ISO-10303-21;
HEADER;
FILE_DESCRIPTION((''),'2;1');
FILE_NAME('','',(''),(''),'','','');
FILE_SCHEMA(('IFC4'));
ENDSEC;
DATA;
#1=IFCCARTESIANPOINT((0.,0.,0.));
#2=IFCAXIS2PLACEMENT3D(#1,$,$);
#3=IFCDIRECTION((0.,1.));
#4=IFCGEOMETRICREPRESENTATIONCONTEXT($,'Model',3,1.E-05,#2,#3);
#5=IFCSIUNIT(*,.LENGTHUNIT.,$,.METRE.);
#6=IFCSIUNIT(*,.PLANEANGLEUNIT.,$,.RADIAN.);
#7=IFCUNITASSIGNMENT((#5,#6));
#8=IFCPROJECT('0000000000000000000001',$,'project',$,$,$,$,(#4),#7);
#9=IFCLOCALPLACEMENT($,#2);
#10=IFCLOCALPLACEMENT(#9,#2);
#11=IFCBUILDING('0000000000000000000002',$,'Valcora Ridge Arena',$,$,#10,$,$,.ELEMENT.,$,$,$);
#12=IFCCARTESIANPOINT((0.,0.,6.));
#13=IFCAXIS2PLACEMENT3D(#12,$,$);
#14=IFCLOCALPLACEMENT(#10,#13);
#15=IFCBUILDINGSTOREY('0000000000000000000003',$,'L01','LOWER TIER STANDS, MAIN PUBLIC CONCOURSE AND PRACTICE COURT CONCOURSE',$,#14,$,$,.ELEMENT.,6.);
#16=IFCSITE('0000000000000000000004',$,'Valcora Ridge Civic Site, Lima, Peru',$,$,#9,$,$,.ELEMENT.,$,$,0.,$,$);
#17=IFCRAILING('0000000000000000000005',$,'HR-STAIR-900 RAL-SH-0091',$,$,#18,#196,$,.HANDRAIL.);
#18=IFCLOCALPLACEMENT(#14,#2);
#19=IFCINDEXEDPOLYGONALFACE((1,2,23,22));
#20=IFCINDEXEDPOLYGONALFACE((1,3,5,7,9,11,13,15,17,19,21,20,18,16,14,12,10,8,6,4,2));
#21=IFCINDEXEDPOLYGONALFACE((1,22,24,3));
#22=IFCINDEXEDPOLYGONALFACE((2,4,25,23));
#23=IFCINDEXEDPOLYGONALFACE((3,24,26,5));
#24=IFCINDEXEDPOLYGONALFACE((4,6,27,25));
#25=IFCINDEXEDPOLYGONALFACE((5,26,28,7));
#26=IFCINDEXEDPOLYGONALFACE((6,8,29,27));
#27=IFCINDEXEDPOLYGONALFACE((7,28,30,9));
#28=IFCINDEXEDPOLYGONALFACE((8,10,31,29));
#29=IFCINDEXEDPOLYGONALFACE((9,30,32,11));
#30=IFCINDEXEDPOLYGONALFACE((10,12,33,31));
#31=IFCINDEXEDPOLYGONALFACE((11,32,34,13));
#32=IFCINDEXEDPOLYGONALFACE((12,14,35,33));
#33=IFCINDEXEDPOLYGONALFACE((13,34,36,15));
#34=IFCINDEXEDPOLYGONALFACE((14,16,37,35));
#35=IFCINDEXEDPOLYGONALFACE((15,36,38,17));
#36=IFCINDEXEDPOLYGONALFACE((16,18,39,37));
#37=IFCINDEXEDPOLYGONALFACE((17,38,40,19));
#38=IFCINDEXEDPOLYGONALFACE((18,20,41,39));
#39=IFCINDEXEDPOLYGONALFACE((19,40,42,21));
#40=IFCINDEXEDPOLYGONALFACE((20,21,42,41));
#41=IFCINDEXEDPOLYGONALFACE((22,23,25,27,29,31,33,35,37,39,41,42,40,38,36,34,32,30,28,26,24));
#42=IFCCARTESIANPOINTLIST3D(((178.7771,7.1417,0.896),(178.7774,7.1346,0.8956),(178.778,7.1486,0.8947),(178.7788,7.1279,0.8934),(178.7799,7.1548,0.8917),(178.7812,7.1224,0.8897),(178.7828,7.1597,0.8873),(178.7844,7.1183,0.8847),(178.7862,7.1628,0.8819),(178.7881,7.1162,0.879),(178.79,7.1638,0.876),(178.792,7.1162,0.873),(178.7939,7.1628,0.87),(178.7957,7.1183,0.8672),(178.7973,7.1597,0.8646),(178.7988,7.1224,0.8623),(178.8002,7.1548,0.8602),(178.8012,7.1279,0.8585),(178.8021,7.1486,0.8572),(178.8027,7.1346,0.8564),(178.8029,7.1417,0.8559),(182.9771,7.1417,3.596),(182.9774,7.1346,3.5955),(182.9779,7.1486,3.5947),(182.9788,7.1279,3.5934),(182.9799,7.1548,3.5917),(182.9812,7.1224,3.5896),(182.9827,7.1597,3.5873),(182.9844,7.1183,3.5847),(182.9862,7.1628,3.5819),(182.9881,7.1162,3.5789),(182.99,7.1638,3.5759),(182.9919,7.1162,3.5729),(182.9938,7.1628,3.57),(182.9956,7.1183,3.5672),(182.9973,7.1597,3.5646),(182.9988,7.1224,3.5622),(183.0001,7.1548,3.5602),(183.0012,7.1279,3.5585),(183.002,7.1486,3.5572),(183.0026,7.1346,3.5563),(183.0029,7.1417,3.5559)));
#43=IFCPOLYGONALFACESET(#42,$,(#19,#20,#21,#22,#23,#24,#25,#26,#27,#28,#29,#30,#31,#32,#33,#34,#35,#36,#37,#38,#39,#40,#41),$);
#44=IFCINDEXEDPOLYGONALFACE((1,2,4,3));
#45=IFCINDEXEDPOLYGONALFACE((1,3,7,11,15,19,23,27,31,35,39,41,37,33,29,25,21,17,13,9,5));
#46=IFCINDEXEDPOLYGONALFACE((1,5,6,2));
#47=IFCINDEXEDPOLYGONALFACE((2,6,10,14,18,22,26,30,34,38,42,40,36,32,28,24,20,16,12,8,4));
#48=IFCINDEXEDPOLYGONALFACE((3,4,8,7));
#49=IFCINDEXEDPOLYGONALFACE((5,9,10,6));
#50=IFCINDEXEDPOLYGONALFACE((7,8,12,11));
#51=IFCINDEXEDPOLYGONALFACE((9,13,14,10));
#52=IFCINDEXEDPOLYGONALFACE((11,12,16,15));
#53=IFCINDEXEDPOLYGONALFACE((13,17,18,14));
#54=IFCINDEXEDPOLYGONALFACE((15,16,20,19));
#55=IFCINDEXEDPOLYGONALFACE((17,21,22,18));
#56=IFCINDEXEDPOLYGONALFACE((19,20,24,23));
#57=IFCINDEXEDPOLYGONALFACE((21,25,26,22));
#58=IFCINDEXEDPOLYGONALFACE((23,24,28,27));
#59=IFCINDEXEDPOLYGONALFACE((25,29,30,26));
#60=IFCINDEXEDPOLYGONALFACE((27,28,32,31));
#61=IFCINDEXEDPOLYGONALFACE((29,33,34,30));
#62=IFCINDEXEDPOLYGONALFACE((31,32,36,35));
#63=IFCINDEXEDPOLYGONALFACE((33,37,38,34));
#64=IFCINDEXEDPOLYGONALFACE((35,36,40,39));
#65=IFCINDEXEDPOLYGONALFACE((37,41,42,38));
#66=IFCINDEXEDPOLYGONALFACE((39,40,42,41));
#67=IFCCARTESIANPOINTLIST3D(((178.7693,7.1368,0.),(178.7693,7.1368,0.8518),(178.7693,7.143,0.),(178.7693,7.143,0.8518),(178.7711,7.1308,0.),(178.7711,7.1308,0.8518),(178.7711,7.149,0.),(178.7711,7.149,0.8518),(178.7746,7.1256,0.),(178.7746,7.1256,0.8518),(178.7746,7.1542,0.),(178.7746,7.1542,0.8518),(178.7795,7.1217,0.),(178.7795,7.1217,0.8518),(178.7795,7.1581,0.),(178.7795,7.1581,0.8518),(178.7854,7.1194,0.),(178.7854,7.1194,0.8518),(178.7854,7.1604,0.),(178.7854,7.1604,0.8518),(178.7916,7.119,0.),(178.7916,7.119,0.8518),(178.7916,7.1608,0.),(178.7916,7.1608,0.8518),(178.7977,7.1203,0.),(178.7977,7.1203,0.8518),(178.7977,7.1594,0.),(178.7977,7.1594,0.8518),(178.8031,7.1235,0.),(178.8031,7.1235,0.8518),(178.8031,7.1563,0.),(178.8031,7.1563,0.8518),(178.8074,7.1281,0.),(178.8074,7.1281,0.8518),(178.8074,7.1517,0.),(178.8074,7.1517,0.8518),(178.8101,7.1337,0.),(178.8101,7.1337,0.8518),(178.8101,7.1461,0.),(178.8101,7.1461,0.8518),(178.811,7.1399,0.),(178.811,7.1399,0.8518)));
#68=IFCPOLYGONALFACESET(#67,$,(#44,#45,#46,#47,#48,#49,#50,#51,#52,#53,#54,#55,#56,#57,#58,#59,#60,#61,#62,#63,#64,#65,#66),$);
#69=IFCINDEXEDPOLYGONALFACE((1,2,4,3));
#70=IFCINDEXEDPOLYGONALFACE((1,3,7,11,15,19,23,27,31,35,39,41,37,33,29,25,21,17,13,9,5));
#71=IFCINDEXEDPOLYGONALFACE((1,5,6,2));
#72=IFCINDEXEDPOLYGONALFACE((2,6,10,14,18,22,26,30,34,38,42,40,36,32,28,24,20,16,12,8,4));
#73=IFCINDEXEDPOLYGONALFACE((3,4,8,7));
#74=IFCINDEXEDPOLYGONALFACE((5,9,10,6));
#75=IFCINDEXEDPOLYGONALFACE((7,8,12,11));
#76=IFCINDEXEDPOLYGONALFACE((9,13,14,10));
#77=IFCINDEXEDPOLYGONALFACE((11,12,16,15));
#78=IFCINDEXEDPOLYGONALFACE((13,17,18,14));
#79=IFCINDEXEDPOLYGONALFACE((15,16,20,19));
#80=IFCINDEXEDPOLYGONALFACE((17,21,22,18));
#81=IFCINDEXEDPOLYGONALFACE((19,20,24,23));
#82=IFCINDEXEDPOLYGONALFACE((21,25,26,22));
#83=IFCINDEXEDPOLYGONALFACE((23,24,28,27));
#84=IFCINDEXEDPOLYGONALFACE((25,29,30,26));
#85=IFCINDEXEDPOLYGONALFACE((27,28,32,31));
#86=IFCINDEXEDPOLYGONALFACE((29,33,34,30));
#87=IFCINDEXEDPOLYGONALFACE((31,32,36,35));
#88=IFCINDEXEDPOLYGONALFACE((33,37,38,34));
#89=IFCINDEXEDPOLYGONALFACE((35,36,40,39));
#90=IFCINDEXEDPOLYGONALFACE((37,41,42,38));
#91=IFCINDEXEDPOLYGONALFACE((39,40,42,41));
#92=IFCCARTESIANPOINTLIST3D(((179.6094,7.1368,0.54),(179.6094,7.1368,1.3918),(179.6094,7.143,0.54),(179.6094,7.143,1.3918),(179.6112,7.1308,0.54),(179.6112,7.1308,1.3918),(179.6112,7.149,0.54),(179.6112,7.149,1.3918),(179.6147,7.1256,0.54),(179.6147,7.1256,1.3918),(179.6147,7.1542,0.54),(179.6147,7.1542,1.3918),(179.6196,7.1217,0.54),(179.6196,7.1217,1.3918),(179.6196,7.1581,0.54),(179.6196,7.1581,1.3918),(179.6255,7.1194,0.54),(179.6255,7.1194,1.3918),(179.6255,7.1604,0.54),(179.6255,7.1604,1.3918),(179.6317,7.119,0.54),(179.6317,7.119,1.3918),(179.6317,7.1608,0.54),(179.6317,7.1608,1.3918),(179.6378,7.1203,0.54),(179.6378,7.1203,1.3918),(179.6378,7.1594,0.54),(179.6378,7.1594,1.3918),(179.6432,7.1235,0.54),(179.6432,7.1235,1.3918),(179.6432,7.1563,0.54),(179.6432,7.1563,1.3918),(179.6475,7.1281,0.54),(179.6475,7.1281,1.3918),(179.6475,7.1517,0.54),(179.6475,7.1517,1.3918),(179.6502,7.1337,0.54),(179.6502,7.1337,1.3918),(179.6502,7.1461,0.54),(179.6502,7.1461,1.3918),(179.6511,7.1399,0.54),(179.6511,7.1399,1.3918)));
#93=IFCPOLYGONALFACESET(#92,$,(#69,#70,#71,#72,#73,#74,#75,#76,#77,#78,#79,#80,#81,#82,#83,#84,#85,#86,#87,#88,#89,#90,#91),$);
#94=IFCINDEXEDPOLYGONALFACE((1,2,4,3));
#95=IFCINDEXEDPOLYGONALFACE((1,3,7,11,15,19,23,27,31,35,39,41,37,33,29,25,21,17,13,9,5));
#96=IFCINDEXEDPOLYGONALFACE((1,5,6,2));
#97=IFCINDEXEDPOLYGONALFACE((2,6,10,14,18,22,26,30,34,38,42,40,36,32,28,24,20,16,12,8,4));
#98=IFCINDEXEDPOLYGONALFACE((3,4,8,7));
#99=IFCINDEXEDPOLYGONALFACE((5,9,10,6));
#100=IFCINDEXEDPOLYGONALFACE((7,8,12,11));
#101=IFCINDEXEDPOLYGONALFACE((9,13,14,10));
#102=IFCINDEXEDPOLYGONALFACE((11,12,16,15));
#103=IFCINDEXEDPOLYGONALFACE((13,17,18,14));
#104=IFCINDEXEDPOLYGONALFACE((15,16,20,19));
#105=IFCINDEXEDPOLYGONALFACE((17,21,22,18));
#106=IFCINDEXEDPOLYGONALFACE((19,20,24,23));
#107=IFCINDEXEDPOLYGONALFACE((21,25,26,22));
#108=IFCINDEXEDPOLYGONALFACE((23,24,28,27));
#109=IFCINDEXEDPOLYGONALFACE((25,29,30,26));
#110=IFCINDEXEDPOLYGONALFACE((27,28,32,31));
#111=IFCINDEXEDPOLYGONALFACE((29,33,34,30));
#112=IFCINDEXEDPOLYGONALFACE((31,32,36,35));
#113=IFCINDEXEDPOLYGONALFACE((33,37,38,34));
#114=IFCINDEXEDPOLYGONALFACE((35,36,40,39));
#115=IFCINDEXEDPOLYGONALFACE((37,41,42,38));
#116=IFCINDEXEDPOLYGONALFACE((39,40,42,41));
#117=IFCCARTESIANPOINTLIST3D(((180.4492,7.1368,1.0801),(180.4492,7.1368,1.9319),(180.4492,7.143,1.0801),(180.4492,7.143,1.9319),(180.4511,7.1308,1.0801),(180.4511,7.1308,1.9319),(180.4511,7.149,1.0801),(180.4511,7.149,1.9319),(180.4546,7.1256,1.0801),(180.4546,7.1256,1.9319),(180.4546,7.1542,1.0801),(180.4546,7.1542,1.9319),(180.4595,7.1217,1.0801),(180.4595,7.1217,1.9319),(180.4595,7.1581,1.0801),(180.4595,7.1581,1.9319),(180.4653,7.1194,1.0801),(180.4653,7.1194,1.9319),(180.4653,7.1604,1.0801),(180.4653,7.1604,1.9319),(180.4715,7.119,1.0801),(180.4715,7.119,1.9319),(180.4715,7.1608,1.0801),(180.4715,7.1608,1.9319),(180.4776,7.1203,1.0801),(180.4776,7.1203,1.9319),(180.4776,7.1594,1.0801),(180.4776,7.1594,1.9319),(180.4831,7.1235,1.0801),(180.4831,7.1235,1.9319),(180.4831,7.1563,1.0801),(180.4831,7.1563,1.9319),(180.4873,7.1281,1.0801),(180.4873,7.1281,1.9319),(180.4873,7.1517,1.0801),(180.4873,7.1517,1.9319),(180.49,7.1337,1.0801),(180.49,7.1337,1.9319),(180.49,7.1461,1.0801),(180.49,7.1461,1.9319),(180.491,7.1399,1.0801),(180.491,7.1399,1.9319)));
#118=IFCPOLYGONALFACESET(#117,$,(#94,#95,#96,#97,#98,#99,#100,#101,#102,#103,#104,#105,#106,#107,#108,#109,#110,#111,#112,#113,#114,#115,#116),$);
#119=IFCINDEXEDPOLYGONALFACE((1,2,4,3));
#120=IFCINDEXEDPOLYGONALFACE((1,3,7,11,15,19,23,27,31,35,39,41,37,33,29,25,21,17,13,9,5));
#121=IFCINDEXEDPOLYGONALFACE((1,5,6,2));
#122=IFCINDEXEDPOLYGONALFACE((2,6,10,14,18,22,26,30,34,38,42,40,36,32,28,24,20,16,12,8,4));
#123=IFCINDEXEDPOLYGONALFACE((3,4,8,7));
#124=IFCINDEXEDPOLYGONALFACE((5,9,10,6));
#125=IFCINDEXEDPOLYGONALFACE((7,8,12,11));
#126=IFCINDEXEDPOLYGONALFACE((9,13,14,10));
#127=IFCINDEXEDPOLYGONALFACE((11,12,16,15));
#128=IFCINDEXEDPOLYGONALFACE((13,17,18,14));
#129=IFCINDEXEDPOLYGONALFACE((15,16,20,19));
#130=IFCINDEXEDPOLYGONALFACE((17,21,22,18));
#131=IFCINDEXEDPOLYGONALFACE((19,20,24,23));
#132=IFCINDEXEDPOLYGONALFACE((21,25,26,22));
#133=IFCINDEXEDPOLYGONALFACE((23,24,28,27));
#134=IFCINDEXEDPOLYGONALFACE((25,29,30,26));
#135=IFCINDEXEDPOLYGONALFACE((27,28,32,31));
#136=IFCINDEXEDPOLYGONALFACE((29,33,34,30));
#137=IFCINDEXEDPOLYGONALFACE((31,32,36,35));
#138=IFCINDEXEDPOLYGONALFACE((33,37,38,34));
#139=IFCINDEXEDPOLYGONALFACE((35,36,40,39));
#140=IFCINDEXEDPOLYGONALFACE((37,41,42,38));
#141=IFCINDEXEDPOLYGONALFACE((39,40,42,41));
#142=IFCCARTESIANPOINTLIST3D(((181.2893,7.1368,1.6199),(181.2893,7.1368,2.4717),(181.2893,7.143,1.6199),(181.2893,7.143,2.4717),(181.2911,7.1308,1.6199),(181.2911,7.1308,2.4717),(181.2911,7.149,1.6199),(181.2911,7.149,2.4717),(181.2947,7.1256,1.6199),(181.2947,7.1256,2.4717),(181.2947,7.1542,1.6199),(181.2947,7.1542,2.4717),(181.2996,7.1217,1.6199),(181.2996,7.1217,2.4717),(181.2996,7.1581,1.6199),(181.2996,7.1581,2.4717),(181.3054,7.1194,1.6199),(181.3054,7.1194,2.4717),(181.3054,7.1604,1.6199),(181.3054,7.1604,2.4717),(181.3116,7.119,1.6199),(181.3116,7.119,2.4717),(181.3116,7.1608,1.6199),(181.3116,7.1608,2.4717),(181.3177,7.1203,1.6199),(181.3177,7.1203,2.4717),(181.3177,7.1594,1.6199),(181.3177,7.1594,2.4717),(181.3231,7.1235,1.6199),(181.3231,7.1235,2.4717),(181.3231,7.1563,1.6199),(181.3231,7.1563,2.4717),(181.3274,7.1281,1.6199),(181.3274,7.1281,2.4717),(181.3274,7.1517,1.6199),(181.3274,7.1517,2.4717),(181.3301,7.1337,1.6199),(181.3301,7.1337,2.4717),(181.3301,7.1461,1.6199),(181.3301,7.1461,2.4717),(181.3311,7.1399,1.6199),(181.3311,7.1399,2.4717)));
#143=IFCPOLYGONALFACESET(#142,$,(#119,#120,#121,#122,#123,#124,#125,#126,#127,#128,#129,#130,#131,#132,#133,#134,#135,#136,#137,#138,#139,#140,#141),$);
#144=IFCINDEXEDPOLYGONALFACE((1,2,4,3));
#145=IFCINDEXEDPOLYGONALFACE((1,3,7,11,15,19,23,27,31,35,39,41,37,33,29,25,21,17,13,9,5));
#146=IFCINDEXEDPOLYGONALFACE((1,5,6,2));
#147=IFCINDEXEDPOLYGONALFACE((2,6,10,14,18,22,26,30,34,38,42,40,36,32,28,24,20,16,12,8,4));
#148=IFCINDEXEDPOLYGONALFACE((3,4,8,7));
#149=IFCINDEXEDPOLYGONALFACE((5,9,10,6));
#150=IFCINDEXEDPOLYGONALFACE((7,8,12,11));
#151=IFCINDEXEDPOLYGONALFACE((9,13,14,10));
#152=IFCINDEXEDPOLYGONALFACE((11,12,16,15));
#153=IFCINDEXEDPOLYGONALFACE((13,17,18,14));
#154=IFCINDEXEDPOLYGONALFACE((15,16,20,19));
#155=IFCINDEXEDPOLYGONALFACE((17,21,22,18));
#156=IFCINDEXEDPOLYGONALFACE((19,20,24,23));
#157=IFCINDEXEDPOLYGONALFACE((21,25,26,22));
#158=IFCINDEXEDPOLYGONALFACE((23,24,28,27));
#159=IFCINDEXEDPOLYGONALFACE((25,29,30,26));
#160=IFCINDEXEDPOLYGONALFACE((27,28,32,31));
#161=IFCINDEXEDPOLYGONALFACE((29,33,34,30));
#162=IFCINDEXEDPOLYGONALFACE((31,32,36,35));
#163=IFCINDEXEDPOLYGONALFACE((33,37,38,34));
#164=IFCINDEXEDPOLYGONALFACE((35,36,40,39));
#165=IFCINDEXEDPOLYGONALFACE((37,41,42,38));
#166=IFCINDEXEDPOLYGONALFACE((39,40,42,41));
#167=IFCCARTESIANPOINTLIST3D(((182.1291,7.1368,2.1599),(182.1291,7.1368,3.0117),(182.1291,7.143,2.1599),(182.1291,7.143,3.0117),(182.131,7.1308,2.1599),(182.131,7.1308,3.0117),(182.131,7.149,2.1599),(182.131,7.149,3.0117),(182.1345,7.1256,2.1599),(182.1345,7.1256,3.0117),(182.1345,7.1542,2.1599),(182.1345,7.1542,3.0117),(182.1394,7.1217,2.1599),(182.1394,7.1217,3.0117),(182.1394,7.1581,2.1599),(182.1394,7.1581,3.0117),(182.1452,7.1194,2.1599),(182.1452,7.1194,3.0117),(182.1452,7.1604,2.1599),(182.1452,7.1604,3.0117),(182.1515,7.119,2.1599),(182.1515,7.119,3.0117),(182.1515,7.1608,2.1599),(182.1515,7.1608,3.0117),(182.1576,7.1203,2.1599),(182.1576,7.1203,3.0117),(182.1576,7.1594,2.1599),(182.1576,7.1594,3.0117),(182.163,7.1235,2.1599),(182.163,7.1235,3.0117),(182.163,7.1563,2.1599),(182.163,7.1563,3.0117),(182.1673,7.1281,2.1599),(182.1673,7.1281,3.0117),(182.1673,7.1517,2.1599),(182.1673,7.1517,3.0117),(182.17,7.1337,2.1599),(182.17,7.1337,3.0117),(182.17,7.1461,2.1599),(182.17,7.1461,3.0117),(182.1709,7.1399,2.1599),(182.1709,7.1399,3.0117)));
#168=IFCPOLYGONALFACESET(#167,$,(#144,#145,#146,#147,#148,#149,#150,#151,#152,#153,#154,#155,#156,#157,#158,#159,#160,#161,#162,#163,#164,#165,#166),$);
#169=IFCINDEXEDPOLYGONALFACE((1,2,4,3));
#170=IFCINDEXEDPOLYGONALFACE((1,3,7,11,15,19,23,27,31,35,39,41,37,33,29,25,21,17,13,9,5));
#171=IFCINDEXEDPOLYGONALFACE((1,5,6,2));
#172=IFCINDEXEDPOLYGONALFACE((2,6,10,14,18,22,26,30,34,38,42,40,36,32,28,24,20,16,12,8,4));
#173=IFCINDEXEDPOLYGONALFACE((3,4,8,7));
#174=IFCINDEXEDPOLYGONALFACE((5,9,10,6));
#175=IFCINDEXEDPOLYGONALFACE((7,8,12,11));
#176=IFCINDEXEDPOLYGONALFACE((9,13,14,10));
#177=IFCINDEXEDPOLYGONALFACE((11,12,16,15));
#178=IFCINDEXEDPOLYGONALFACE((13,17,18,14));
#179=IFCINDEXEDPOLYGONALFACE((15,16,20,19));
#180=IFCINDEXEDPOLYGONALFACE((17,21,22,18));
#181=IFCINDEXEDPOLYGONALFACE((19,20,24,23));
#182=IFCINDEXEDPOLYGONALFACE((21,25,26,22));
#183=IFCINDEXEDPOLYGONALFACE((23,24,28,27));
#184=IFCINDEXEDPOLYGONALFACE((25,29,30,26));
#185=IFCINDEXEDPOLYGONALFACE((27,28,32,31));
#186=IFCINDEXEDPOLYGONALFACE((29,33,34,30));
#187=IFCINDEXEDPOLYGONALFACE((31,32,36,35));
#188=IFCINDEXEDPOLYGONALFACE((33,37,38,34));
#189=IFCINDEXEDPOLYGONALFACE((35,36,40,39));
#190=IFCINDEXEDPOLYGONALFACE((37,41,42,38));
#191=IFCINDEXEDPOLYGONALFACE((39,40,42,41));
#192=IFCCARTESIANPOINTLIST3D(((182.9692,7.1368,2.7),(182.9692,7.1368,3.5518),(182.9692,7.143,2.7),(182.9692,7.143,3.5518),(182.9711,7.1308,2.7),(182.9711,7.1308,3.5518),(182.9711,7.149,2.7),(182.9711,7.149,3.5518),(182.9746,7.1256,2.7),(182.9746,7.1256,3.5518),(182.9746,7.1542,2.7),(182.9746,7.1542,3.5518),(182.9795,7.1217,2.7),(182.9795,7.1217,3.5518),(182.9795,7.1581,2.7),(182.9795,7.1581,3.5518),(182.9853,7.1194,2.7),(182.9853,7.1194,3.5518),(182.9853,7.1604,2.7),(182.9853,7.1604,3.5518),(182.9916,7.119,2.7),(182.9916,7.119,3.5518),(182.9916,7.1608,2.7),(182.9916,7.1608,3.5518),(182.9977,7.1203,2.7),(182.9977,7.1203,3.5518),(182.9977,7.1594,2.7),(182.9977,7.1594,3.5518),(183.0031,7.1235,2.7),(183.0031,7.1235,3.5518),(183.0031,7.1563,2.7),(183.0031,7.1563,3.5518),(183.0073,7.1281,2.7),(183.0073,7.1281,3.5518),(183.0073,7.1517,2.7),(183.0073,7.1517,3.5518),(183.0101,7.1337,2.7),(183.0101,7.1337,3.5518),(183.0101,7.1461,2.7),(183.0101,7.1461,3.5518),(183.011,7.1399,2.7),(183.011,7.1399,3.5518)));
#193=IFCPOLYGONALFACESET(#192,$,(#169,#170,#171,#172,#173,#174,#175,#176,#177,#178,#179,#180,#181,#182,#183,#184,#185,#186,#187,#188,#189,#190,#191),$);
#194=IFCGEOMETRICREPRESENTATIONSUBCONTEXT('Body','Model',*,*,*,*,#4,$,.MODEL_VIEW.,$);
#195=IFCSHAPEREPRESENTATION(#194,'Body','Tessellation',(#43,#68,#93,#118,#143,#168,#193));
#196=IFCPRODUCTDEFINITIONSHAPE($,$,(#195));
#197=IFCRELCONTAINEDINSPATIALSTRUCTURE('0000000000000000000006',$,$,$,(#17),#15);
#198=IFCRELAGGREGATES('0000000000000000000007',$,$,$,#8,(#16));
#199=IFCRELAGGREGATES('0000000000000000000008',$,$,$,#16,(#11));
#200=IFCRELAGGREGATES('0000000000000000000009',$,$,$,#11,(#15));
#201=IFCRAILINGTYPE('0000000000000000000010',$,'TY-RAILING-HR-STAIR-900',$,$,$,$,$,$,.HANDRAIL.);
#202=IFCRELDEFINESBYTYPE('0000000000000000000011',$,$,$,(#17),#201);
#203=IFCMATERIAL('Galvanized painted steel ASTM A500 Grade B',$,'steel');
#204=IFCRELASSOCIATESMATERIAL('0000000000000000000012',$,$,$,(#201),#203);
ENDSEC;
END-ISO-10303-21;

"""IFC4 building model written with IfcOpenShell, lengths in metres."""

from ifc_helpers import new_model, si_unit, direction, frame, origin, origin_2d, place, context, subcontext, project, spatial, circle, extrude, material, type_object, element, save


model = new_model("IFC4")

# Units and contexts
model_context = context("Model", 3, precision=1e-05, world=origin(), true_north=direction((0.0, 1.0)))
body_context = subcontext(model_context, "Body", "Model", "MODEL_VIEW")
ifc_project = project(units=[si_unit("LENGTHUNIT", "METRE"), si_unit("PLANEANGLEUNIT", "RADIAN")], contexts=[model_context])

# Site, building, storey
site_placement = place(None, origin())
site = spatial("IfcSite", under=ifc_project, at=site_placement, Name="Valcora Ridge Civic Site, Lima, Peru", CompositionType="ELEMENT", RefElevation=0.0)
building_placement = place(site_placement, origin())
building = spatial("IfcBuilding", under=site, at=building_placement, Name="Valcora Ridge Arena", CompositionType="ELEMENT")
storey_placement = place(building_placement, frame((0.0, 0.0, 6.0)))
storey = spatial("IfcBuildingStorey", under=building, at=storey_placement, Name="L01", Description="LOWER TIER STANDS, MAIN PUBLIC CONCOURSE AND PRACTICE COURT CONCOURSE", CompositionType="ELEMENT", Elevation=6.0)

# Railing
ifc_material_1 = material(Name="Galvanized painted steel ASTM A500 Grade B", Category="steel")
railing_type_1 = type_object("IfcRailingType", Name="TY-RAILING-HR-STAIR-900", PredefinedType="HANDRAIL", material=ifc_material_1)
railing_1_placement = place(storey_placement, frame((178.79, 7.1399, 0.0)))
element("IfcRailing", 1, at=railing_1_placement, inside=storey, type_object=railing_type_1, Name="HR-STAIR-900 RAL-SH-0091", PredefinedType="HANDRAIL", context=body_context, shape_type="SweptSolid", body=[
    extrude(circle(Radius=0.0239, at=origin_2d()), frame((0.0, 0.0, 0.876), z_axis=(0.84118, 0.0, 0.540755), x_axis=(0.0, 1.0, 0.0)), (0.0, 0.0, 1.0), 4.9929),
    extrude(circle(Radius=0.021, at=origin_2d()), origin(), (0.0, 0.0, 1.0), 0.8518),
    extrude(circle(Radius=0.021, at=origin_2d()), frame((0.8401, 0.0, 0.54)), (0.0, 0.0, 1.0), 0.8518),
    extrude(circle(Radius=0.021, at=origin_2d()), frame((1.6799, 0.0, 1.0801)), (0.0, 0.0, 1.0), 0.8518),
    extrude(circle(Radius=0.021, at=origin_2d()), frame((2.52, 0.0, 1.6199)), (0.0, 0.0, 1.0), 0.8518),
    extrude(circle(Radius=0.021, at=origin_2d()), frame((3.3599, 0.0, 2.1599)), (0.0, 0.0, 1.0), 0.8518),
    extrude(circle(Radius=0.021, at=origin_2d()), frame((4.2, 0.0, 2.7)), (0.0, 0.0, 1.0), 0.8518),
])

save(model, "model.ifc")
